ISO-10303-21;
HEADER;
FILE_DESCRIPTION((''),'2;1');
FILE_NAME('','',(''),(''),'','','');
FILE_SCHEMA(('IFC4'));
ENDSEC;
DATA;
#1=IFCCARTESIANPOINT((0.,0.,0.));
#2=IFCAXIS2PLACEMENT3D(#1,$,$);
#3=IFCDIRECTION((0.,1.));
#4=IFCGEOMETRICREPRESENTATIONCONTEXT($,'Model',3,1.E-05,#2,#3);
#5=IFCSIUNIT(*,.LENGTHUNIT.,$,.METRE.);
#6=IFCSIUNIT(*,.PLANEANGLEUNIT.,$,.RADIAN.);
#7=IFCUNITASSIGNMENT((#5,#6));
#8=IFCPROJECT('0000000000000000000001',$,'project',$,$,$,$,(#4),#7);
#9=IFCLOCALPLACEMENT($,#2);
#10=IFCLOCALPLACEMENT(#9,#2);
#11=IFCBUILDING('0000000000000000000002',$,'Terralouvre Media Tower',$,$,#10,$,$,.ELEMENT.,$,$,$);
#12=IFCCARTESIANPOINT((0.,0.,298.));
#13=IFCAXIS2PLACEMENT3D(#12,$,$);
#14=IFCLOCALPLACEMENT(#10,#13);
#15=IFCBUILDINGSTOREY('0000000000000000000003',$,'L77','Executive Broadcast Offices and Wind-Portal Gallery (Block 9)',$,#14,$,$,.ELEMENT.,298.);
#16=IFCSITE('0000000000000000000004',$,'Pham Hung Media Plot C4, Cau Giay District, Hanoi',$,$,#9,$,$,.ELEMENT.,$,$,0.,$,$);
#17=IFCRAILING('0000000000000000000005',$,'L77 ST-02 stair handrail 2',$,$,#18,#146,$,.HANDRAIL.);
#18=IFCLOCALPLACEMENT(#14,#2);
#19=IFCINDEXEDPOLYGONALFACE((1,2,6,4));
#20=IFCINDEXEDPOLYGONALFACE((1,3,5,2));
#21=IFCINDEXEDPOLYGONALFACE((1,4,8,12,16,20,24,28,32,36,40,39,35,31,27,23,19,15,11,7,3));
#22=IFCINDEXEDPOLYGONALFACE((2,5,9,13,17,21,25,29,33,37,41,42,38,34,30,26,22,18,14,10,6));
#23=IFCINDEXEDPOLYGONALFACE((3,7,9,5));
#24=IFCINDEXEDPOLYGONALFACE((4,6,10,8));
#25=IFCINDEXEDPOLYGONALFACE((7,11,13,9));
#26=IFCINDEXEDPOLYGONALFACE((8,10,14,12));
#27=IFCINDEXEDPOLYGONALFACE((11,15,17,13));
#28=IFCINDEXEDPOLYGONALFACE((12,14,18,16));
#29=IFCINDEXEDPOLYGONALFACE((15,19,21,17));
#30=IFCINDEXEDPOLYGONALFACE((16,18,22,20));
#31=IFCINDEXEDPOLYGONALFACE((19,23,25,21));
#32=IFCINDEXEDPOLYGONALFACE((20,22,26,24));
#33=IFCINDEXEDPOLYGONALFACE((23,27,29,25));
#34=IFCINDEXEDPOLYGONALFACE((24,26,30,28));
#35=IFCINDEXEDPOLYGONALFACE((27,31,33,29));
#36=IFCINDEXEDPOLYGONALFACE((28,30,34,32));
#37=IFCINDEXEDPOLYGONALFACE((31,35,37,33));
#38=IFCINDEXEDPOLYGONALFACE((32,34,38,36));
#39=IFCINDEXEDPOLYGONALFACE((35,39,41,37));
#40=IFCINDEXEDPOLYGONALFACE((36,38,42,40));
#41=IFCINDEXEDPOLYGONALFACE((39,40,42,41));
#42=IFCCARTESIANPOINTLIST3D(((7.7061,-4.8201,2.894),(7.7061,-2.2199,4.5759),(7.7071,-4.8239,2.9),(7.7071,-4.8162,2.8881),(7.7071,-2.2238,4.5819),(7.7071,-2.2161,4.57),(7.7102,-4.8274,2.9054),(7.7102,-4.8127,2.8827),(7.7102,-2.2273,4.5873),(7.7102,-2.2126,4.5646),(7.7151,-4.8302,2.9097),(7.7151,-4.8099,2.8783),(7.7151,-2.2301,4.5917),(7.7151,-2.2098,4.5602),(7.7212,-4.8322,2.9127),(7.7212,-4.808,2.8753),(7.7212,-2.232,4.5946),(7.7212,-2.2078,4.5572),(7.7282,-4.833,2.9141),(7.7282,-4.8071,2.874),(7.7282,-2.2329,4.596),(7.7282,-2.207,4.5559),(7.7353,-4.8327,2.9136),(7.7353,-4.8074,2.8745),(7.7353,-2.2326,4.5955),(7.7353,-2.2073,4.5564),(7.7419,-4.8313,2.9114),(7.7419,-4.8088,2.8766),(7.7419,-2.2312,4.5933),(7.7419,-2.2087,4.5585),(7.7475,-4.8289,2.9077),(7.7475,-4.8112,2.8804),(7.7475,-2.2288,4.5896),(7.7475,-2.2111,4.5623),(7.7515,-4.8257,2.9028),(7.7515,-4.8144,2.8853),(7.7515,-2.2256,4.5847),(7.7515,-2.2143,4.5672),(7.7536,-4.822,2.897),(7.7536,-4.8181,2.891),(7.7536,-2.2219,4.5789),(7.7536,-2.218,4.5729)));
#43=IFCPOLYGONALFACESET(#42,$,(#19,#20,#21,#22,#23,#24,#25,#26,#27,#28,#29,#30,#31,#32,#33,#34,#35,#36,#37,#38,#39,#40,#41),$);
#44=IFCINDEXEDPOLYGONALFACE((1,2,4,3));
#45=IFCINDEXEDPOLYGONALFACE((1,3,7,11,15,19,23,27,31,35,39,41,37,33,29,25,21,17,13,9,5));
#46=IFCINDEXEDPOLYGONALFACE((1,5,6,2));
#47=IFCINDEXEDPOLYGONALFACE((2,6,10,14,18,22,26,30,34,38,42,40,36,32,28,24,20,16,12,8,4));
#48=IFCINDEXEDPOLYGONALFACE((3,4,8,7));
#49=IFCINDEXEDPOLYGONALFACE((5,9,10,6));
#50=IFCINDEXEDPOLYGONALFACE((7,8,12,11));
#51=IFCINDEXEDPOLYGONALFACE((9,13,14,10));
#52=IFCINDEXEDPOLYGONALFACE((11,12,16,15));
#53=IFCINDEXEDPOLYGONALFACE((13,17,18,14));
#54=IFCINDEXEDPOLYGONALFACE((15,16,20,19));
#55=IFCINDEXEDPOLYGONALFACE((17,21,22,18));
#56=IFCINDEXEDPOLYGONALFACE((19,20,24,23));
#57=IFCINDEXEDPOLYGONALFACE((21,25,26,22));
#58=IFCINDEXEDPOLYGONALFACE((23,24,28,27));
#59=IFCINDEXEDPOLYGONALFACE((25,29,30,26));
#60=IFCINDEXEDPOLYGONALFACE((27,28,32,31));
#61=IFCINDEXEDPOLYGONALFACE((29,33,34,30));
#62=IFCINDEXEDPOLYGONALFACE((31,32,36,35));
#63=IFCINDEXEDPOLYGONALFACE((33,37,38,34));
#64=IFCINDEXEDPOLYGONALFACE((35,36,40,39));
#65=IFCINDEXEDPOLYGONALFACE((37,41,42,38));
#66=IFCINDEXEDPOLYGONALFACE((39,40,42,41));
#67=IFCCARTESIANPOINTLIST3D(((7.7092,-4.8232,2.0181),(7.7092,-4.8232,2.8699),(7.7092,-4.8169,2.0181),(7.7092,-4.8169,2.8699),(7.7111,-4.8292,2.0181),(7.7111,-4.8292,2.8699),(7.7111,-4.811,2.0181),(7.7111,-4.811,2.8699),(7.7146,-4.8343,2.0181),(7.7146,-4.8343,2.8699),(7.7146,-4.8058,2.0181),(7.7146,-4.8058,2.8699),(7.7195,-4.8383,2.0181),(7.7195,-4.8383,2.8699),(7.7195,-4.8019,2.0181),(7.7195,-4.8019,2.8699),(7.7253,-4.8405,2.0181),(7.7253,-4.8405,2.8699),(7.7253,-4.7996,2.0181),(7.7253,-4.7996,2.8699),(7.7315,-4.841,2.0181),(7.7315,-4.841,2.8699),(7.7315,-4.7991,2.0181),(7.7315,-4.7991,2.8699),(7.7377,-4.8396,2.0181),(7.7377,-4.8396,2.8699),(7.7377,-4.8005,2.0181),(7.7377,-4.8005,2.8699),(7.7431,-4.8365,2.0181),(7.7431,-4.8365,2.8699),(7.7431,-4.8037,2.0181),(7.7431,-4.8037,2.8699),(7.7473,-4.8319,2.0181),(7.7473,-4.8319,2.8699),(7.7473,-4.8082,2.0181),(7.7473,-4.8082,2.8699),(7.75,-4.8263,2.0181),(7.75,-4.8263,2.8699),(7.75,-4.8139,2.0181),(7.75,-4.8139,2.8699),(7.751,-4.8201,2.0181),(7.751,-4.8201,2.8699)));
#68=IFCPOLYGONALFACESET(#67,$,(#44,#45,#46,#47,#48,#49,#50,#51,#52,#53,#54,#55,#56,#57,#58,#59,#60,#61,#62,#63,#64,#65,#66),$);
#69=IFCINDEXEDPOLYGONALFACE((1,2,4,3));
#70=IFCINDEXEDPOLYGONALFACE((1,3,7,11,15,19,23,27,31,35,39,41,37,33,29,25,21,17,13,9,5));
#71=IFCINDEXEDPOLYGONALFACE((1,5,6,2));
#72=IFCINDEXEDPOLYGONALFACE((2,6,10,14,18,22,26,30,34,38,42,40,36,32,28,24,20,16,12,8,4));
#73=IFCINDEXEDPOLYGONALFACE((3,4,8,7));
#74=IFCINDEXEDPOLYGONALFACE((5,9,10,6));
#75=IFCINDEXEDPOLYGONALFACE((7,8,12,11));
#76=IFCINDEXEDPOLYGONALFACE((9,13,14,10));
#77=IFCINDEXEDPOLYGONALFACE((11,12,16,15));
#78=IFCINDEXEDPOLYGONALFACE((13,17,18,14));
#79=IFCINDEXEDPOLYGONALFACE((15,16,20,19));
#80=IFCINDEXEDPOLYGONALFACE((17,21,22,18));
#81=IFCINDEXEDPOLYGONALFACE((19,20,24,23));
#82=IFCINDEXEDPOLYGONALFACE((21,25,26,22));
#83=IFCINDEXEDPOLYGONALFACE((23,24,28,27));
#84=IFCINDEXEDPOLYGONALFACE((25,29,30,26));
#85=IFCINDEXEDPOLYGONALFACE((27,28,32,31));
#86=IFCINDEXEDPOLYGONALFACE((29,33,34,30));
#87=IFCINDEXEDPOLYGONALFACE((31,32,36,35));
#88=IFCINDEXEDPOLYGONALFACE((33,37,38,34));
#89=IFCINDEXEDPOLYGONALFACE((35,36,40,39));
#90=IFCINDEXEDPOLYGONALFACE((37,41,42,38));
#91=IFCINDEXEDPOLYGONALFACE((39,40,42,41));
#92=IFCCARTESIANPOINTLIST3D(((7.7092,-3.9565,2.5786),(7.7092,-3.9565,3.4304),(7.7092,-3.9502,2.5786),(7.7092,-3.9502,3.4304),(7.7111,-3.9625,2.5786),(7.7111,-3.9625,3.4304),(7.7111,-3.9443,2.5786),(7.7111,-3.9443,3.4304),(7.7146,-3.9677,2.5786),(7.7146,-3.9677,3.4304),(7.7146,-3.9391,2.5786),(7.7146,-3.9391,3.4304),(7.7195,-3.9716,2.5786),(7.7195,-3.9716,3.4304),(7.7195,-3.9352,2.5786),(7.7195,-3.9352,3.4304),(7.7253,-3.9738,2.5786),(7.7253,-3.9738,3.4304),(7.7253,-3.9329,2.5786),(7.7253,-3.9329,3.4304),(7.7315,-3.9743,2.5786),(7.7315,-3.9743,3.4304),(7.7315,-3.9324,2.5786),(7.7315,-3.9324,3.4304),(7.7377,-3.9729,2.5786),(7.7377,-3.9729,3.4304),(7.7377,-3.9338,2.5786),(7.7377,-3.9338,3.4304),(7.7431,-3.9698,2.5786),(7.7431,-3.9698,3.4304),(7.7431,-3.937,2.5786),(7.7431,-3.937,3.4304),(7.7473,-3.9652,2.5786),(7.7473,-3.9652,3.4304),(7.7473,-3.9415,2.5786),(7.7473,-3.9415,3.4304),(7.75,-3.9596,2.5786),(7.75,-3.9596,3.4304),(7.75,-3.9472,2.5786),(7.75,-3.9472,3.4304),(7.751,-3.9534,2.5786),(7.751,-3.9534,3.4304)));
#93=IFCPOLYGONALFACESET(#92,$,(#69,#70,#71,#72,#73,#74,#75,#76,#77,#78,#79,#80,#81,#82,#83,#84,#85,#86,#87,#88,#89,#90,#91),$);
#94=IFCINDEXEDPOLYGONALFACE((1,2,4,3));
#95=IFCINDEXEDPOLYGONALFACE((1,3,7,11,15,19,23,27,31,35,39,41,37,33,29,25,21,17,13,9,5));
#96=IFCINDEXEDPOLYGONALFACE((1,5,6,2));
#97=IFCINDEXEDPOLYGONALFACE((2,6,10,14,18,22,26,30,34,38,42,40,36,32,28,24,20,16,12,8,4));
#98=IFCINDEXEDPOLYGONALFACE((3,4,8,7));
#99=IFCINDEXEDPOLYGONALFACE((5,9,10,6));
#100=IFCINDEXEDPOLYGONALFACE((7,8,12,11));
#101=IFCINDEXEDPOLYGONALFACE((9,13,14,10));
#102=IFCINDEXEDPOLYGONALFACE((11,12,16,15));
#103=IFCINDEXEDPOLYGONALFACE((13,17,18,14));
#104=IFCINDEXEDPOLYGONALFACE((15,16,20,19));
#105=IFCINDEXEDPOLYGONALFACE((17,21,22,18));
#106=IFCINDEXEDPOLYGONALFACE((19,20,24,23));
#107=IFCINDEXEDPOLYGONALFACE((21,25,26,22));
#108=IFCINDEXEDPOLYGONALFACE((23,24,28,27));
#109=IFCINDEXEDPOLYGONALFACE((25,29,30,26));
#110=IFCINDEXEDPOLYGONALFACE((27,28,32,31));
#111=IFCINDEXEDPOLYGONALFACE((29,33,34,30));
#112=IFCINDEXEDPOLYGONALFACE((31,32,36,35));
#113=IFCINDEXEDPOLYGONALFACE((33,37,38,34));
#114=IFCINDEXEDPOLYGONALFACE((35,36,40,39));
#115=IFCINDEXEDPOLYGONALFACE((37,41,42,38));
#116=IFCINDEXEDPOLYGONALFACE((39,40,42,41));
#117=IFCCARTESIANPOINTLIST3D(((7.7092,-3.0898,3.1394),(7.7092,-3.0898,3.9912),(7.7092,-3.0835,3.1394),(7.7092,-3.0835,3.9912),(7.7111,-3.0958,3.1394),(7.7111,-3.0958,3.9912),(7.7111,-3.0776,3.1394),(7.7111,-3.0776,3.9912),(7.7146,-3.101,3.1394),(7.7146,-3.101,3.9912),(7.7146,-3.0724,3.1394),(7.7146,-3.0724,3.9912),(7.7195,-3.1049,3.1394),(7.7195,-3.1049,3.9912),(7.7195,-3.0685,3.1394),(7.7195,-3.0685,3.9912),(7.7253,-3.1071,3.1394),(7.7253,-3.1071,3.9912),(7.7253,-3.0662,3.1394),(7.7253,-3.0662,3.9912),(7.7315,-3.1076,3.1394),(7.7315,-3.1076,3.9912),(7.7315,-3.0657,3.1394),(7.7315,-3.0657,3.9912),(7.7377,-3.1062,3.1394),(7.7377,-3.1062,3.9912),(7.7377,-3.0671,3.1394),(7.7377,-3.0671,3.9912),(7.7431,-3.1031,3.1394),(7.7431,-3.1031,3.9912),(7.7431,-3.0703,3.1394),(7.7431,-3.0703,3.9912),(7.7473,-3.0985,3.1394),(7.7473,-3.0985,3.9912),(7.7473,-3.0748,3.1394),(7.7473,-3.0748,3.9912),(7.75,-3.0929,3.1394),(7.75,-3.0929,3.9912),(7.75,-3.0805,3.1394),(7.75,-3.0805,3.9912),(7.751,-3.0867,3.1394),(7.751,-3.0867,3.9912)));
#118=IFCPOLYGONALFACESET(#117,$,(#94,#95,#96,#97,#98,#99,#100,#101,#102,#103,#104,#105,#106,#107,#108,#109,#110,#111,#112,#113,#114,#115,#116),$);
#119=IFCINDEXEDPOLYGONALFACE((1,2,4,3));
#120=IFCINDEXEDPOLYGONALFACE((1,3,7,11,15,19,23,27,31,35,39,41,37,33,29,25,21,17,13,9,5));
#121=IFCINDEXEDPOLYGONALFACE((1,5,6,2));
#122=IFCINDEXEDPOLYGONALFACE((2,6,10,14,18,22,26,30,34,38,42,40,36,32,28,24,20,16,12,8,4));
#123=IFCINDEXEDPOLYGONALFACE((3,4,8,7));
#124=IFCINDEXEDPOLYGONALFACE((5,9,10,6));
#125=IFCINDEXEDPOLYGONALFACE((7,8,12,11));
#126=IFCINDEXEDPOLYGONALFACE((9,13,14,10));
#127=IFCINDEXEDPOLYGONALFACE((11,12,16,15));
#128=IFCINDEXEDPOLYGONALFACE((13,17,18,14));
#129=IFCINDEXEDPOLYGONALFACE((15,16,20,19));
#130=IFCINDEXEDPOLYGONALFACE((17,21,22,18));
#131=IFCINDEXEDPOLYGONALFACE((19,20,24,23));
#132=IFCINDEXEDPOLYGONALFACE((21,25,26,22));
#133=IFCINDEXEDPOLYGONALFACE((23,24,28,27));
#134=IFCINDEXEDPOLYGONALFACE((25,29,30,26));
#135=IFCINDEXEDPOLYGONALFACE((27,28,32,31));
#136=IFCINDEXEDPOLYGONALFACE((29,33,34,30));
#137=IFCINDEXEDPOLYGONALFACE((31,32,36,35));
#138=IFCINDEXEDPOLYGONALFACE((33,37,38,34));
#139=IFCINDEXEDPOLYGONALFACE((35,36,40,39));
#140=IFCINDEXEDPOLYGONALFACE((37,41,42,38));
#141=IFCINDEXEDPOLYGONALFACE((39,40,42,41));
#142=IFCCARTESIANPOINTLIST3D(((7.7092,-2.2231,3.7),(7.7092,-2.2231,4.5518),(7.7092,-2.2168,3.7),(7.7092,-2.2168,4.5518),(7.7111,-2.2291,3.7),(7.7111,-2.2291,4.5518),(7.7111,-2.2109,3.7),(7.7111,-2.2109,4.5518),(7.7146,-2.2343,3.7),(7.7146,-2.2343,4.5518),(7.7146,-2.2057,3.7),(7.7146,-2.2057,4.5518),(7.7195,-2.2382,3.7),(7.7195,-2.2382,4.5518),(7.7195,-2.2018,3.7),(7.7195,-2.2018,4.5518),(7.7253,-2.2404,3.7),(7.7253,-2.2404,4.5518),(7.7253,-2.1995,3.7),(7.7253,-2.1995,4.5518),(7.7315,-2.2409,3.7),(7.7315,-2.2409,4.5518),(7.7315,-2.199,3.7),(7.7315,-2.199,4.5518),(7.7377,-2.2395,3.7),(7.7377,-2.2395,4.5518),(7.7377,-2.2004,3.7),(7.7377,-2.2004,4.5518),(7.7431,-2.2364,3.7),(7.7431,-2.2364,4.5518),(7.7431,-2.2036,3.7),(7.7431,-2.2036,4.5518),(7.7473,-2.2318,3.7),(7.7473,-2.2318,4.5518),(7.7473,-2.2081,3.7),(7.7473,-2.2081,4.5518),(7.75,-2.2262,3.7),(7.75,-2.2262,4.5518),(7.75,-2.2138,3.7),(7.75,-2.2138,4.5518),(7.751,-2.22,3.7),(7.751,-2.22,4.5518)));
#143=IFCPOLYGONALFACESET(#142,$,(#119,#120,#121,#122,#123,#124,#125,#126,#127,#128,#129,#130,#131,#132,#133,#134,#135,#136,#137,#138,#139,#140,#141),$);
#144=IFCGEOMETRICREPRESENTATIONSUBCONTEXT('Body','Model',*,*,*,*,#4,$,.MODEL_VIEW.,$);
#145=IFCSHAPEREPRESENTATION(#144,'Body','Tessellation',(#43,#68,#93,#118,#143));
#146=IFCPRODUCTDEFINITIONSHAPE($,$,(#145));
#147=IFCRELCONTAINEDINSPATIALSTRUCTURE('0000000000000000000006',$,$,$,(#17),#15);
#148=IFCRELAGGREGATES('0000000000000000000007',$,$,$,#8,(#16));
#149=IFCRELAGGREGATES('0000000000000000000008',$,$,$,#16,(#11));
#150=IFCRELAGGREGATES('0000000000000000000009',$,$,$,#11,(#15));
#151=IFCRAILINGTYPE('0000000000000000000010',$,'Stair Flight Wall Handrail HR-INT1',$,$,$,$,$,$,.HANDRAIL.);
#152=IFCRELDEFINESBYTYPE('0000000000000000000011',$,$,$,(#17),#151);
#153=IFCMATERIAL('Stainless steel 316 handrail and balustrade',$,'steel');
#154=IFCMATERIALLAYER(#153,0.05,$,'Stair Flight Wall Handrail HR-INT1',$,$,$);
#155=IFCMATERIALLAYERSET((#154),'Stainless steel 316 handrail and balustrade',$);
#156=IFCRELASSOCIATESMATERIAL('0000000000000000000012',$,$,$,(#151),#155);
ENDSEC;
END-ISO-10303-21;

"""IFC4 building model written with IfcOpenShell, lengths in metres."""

from ifc_helpers import new_model, si_unit, direction, frame, origin, origin_2d, place, context, subcontext, project, spatial, circle, extrude, material, layer, layer_set, type_object, element, save


model = new_model("IFC4")

# Units and contexts
model_context = context("Model", 3, precision=1e-05, world=origin(), true_north=direction((0.0, 1.0)))
body_context = subcontext(model_context, "Body", "Model", "MODEL_VIEW")
ifc_project = project(units=[si_unit("LENGTHUNIT", "METRE"), si_unit("PLANEANGLEUNIT", "RADIAN")], contexts=[model_context])

# Site, building, storey
site_placement = place(None, origin())
site = spatial("IfcSite", under=ifc_project, at=site_placement, Name="Pham Hung Media Plot C4, Cau Giay District, Hanoi", CompositionType="ELEMENT", RefElevation=0.0)
building_placement = place(site_placement, origin())
building = spatial("IfcBuilding", under=site, at=building_placement, Name="Terralouvre Media Tower", CompositionType="ELEMENT")
storey_placement = place(building_placement, frame((0.0, 0.0, 298.0)))
storey = spatial("IfcBuildingStorey", under=building, at=storey_placement, Name="L77", Description="Executive Broadcast Offices and Wind-Portal Gallery (Block 9)", CompositionType="ELEMENT", Elevation=298.0)

# Railing
ifc_material_1 = material(Name="Stainless steel 316 handrail and balustrade", Category="steel")
ifc_layer_1 = layer(ifc_material_1, 0.05, Name="Stair Flight Wall Handrail HR-INT1")
ifc_layer_set_1 = layer_set([ifc_layer_1], Name="Stainless steel 316 handrail and balustrade")
railing_type_1 = type_object("IfcRailingType", Name="Stair Flight Wall Handrail HR-INT1", PredefinedType="HANDRAIL", material=ifc_layer_set_1)
railing_1_placement = place(storey_placement, frame((7.73, -4.8201, 2.0181)))
element("IfcRailing", 1, at=railing_1_placement, inside=storey, type_object=railing_type_1, Name="L77 ST-02 stair handrail 2", PredefinedType="HANDRAIL", context=body_context, shape_type="SweptSolid", body=[
    extrude(circle(Radius=0.0239, at=origin_2d()), frame((0.0, 0.0, 0.876), z_axis=(0.0, 0.839648, 0.54313), x_axis=(-1.0, 0.0, 0.0)), (0.0, 0.0, 1.0), 3.0967),
    extrude(circle(Radius=0.021, at=origin_2d()), origin(), (0.0, 0.0, 1.0), 0.8518),
    extrude(circle(Radius=0.021, at=origin_2d()), frame((0.0, 0.8667, 0.5605)), (0.0, 0.0, 1.0), 0.8518),
    extrude(circle(Radius=0.021, at=origin_2d()), frame((0.0, 1.7334, 1.1213)), (0.0, 0.0, 1.0), 0.8518),
    extrude(circle(Radius=0.021, at=origin_2d()), frame((0.0, 2.6001, 1.6819)), (0.0, 0.0, 1.0), 0.8518),
])

save(model, "model.ifc")
